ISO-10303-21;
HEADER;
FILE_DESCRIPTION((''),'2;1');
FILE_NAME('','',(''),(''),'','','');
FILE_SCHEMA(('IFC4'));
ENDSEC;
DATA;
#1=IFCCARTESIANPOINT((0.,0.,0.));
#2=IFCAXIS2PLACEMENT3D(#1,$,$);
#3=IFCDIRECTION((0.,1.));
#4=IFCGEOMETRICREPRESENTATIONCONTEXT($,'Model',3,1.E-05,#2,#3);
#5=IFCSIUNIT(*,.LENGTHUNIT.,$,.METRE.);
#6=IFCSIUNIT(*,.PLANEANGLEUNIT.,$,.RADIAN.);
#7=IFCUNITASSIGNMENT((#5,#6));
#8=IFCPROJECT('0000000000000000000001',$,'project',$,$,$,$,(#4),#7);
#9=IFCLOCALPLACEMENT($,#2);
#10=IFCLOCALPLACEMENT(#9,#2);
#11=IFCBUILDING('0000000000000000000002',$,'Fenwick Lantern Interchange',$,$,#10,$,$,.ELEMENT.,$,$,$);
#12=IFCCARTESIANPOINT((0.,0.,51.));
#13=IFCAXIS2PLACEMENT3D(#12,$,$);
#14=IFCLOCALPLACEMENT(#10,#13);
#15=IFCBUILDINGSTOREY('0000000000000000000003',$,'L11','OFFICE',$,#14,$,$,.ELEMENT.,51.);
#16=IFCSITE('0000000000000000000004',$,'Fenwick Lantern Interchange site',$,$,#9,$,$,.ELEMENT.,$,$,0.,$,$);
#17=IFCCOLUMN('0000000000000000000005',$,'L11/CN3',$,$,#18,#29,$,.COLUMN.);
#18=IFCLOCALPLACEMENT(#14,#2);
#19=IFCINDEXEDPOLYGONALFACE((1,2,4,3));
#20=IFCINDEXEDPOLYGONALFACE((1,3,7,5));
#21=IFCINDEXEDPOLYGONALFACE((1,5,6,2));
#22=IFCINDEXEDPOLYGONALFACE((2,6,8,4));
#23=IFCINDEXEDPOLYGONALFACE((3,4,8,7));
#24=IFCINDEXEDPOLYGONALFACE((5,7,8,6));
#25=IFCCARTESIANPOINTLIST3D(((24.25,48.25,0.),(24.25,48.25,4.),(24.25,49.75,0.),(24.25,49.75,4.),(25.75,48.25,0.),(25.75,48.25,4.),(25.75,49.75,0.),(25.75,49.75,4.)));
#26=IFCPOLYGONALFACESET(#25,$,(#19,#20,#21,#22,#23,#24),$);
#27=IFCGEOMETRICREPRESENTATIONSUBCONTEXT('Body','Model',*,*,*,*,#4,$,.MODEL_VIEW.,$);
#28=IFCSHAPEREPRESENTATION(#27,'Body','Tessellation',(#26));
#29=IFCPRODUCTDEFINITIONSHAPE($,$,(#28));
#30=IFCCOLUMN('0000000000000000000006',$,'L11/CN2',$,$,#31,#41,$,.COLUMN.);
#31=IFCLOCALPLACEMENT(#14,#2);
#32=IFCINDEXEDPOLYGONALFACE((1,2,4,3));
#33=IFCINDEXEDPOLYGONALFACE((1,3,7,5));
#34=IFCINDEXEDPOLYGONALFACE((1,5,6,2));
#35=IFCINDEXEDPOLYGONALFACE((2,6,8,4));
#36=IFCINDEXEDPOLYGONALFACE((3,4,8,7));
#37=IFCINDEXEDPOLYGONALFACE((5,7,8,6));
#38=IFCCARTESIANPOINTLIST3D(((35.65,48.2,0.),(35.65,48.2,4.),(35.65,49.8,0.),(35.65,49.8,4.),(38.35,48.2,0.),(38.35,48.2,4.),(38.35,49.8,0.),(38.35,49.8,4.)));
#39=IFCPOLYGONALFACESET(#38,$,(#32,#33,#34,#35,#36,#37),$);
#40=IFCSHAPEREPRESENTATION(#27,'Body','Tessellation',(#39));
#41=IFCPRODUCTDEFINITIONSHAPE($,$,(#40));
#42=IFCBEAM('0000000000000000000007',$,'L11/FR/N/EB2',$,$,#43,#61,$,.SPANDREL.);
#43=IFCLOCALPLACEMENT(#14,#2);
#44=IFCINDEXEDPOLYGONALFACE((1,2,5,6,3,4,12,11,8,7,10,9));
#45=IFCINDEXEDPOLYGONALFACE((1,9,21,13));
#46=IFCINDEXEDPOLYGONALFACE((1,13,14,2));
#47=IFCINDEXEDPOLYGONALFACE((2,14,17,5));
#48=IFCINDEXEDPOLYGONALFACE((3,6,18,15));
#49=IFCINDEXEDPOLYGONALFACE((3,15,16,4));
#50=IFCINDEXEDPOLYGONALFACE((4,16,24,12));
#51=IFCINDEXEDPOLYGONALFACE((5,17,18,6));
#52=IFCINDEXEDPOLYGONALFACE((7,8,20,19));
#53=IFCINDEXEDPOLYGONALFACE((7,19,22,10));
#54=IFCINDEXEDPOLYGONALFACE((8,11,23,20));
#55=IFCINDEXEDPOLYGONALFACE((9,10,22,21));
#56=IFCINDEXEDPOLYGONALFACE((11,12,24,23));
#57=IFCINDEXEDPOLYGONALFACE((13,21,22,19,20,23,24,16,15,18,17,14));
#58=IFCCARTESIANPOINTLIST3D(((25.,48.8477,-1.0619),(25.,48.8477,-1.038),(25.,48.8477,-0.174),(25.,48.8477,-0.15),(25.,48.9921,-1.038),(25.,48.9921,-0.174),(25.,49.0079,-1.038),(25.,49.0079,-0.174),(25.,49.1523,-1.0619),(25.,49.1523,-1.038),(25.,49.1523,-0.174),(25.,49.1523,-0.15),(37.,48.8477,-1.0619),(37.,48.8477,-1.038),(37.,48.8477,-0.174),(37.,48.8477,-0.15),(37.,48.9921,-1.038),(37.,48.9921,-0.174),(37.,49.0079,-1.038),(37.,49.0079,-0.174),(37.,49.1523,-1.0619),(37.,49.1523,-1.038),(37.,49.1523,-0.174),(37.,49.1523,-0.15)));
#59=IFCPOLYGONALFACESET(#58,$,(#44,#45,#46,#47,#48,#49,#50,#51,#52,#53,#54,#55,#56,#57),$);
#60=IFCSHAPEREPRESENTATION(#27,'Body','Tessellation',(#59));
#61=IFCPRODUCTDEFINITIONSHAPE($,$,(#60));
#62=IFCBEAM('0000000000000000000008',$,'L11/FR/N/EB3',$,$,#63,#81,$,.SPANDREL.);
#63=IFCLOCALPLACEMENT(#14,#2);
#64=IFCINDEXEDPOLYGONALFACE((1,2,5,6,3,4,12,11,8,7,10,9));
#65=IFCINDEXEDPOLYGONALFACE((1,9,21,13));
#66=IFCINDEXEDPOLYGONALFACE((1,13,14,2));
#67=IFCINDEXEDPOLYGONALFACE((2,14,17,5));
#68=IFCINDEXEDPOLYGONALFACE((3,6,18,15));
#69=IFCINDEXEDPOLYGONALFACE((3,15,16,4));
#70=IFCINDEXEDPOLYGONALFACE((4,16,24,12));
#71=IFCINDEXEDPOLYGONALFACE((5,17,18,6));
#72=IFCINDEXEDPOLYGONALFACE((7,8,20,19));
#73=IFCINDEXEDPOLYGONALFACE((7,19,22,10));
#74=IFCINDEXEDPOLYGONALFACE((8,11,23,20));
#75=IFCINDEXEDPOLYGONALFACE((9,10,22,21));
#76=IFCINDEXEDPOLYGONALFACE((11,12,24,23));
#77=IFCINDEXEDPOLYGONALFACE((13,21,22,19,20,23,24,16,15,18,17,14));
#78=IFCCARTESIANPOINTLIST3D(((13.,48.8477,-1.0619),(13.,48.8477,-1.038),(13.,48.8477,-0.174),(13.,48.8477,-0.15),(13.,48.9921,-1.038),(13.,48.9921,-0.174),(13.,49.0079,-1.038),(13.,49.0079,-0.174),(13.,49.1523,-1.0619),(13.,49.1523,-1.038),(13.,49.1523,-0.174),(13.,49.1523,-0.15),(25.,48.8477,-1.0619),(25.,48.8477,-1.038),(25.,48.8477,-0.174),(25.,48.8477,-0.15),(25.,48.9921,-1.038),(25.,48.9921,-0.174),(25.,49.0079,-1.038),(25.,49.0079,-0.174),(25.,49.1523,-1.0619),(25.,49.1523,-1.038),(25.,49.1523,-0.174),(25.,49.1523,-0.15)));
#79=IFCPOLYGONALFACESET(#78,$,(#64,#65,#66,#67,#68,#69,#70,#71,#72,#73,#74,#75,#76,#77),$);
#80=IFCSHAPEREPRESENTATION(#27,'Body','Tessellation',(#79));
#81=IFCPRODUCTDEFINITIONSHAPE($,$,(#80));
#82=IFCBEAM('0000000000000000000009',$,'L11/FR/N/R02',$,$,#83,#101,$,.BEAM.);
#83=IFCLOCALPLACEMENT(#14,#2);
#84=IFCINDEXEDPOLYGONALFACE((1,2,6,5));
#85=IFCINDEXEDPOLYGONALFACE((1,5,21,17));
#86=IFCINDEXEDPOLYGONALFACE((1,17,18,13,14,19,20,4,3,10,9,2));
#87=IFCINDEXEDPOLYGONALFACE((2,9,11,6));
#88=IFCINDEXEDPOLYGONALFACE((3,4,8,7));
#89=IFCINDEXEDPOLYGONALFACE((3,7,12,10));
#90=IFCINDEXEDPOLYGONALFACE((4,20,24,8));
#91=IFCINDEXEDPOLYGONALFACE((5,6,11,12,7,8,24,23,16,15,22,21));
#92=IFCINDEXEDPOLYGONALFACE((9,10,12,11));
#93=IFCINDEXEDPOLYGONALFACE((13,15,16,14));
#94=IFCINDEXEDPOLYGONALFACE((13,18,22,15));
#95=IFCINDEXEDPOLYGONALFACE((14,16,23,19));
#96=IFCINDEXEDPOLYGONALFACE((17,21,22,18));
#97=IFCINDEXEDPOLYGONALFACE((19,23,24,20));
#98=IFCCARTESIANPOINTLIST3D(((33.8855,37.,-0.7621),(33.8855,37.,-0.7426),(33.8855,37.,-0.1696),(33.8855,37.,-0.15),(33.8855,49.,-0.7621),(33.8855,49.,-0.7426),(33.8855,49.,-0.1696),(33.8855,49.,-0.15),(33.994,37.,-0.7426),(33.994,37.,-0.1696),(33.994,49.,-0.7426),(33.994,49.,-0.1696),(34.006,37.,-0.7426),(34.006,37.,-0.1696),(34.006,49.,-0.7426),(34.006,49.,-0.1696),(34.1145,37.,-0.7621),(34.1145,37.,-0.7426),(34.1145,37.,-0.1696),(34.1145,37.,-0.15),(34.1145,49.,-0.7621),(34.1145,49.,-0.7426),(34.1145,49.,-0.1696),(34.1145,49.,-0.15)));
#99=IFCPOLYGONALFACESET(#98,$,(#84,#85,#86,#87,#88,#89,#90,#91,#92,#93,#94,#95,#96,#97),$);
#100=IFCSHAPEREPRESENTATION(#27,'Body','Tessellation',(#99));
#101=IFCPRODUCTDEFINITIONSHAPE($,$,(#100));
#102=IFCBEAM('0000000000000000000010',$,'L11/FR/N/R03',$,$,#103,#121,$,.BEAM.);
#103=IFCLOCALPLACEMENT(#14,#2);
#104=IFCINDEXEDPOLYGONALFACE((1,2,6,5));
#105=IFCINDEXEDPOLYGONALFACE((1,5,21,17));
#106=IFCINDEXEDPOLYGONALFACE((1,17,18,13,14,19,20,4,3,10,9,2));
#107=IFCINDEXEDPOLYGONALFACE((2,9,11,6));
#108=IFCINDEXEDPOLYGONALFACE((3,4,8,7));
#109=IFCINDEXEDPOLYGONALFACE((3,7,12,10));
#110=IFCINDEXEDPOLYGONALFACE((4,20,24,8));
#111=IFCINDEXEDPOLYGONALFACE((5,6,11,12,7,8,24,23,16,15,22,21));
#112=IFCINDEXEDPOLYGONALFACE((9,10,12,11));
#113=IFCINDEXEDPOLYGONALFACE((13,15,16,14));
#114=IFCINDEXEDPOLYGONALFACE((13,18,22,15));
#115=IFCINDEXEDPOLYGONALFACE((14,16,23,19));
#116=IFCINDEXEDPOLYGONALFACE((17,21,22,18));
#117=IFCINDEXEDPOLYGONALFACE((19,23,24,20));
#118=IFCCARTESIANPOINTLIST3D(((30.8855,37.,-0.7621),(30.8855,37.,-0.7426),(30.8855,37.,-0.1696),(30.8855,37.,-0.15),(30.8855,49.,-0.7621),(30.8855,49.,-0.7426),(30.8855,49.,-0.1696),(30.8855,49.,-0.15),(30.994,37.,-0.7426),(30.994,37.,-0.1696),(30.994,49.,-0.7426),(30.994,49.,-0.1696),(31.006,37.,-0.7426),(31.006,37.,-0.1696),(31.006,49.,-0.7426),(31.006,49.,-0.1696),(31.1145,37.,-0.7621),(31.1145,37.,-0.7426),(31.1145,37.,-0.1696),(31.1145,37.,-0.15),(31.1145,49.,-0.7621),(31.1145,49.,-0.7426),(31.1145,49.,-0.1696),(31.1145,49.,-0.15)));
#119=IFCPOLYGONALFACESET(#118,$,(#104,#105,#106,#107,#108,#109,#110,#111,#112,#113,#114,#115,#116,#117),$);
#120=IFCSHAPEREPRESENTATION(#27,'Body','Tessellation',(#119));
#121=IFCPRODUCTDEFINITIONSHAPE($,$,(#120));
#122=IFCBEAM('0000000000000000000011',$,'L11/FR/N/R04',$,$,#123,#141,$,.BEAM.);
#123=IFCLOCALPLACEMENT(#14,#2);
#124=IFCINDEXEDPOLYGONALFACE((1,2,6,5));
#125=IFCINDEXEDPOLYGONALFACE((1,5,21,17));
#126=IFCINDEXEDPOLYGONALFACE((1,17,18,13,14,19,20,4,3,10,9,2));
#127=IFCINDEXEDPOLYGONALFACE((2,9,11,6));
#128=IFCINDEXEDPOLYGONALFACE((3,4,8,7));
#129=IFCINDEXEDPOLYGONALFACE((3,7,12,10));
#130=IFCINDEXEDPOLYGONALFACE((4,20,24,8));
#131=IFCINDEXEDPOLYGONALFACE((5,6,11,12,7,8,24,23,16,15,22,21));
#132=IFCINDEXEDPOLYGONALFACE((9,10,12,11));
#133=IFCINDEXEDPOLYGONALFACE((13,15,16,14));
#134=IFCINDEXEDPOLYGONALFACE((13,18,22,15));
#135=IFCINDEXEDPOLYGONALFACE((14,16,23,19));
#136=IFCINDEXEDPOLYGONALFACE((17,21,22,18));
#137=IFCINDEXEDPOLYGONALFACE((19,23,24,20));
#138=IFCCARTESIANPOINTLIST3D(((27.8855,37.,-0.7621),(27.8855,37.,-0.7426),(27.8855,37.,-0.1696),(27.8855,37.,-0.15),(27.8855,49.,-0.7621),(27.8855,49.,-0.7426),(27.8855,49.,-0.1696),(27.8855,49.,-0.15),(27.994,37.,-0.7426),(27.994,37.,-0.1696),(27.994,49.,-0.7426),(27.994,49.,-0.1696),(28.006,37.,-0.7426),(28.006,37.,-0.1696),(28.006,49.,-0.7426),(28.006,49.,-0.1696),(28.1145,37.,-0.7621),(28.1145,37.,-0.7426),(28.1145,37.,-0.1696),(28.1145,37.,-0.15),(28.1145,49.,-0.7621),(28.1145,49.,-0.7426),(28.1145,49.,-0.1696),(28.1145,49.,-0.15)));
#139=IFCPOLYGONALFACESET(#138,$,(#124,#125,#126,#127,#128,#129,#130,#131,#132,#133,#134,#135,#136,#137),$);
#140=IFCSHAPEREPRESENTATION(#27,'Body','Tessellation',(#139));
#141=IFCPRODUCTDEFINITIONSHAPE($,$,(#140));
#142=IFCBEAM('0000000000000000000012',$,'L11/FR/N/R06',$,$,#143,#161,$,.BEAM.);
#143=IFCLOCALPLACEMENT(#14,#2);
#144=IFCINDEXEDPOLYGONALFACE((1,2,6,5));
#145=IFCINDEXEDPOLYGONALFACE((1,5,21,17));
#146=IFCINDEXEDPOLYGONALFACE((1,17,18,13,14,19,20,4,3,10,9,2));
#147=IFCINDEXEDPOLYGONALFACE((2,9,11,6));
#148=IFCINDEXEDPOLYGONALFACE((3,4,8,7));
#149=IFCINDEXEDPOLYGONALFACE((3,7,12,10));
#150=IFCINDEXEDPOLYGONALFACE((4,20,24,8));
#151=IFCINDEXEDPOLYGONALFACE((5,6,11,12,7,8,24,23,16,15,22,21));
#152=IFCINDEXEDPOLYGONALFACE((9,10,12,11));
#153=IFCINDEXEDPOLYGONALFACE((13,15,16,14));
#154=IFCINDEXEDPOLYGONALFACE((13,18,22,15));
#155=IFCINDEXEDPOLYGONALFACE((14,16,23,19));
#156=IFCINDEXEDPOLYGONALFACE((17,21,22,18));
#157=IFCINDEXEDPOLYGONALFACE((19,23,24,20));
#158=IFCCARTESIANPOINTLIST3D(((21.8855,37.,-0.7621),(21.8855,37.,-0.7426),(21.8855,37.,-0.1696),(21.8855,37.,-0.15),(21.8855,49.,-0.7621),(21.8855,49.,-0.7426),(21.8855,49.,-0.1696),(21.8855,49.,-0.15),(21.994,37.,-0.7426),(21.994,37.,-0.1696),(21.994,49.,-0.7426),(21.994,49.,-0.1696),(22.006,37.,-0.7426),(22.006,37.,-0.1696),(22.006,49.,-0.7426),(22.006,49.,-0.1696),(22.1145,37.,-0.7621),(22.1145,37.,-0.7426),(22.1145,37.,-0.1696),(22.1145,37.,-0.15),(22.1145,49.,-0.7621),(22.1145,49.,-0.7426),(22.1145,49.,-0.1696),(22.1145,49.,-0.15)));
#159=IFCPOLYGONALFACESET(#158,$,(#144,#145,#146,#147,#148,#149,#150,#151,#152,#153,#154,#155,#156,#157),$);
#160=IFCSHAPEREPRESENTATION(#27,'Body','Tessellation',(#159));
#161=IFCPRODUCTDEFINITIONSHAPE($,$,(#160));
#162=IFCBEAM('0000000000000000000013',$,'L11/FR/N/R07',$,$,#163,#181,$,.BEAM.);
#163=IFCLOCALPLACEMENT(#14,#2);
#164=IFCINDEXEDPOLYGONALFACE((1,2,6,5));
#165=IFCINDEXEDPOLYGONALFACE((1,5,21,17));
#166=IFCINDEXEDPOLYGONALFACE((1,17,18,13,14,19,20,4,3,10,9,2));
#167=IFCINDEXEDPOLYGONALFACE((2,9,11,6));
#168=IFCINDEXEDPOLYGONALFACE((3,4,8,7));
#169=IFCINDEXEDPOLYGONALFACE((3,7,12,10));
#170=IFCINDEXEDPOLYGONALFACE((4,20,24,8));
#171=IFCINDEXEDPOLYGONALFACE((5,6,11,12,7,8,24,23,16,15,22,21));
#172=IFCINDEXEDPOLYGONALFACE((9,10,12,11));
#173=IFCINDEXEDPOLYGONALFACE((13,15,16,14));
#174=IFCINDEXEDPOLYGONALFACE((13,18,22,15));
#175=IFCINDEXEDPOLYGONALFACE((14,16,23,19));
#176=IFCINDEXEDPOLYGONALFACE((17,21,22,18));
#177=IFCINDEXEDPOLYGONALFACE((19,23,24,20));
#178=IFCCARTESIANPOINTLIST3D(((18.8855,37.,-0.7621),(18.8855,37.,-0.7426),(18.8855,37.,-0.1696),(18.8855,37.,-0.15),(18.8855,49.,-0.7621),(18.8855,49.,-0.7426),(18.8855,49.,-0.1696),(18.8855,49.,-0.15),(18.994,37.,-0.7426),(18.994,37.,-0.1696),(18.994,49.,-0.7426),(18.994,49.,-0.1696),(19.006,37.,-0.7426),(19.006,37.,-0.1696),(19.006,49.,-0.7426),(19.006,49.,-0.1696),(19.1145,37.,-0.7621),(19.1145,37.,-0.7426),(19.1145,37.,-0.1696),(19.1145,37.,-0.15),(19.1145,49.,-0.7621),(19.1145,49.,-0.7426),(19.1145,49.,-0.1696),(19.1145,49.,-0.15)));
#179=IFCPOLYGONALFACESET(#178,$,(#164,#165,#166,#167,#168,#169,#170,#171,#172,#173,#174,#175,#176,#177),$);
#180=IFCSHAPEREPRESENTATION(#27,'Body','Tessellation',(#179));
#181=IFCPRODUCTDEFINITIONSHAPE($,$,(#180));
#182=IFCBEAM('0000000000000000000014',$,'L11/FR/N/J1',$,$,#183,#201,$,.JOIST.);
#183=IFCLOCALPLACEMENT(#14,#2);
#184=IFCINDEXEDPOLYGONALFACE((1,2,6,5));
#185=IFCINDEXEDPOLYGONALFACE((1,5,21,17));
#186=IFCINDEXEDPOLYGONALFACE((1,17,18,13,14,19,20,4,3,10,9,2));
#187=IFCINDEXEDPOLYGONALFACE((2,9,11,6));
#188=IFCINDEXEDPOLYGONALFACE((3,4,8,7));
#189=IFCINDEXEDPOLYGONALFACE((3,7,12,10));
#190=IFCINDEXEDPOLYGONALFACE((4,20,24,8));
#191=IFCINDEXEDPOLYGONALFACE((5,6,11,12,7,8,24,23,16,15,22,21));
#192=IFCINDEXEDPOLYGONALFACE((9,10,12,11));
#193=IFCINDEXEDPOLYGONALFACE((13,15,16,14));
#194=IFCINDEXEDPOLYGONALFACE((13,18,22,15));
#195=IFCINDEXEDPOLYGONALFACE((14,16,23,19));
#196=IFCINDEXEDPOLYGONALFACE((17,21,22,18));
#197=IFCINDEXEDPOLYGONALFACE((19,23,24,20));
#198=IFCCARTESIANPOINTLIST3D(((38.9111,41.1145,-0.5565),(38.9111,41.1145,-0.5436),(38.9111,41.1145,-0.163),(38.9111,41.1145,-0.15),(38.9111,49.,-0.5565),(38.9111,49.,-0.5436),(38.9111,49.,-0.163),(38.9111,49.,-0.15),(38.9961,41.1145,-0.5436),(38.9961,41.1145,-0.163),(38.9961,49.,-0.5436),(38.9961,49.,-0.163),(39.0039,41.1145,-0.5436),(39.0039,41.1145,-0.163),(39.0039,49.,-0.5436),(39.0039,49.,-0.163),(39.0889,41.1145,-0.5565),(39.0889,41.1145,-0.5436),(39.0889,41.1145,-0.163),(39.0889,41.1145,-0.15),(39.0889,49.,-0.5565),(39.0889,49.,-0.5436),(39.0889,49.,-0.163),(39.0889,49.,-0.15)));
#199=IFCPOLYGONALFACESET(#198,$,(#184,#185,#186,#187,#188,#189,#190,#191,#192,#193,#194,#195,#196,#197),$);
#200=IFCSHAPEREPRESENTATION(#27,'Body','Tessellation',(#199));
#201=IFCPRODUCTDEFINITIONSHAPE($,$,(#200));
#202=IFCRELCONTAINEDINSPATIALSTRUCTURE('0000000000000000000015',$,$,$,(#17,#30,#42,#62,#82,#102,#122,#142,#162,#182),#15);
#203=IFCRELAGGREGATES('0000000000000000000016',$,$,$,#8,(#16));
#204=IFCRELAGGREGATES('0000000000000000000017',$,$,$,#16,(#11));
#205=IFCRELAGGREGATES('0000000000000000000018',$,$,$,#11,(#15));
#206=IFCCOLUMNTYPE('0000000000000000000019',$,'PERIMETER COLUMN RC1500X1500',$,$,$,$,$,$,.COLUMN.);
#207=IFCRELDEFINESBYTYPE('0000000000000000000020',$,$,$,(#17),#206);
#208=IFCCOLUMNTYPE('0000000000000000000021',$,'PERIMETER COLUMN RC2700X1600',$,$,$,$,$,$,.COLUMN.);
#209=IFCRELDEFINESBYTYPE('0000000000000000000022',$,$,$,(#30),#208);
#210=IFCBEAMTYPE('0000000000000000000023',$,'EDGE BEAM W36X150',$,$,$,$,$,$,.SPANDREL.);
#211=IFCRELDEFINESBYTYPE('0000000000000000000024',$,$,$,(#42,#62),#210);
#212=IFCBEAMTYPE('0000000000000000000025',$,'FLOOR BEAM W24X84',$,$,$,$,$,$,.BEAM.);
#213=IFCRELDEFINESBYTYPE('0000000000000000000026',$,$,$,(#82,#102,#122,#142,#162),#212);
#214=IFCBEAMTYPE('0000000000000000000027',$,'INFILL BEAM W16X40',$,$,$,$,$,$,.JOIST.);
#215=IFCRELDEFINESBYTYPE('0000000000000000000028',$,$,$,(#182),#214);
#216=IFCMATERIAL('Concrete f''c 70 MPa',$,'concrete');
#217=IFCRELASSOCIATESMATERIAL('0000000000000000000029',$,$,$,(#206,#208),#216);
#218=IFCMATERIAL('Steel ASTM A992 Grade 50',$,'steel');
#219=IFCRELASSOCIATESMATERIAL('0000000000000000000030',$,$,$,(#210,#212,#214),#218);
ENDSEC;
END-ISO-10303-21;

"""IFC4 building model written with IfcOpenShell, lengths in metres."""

from ifc_helpers import new_model, si_unit, direction, frame, origin, origin_2d, place, context, subcontext, project, spatial, rectangle, i_section, extrude, material, material_profile, profile_set, type_object, element, save


model = new_model("IFC4")

# Units and contexts
model_context = context("Model", 3, precision=1e-05, world=origin(), true_north=direction((0.0, 1.0)))
body_context = subcontext(model_context, "Body", "Model", "MODEL_VIEW")
ifc_project = project(units=[si_unit("LENGTHUNIT", "METRE"), si_unit("PLANEANGLEUNIT", "RADIAN")], contexts=[model_context])

# Site, building, storey
site_placement = place(None, origin())
site = spatial("IfcSite", under=ifc_project, at=site_placement, Name="Fenwick Lantern Interchange site", CompositionType="ELEMENT", RefElevation=0.0)
building_placement = place(site_placement, origin())
building = spatial("IfcBuilding", under=site, at=building_placement, Name="Fenwick Lantern Interchange", CompositionType="ELEMENT")
storey_placement = place(building_placement, frame((0.0, 0.0, 51.0)))
storey = spatial("IfcBuildingStorey", under=building, at=storey_placement, Name="L11", Description="OFFICE", CompositionType="ELEMENT", Elevation=51.0)

# Columns
ifc_material_1 = material(Name="Concrete f'c 70 MPa", Category="concrete")
ifc_material_profile_1 = material_profile(ifc_material_1, rectangle(XDim=1.5, YDim=1.5, at=origin_2d()), Name="RC1500X1500")
ifc_profile_set_1 = profile_set([ifc_material_profile_1], Name="Concrete f'c 70 MPa")
column_type_1 = type_object("IfcColumnType", Name="PERIMETER COLUMN RC1500X1500", PredefinedType="COLUMN", material=ifc_profile_set_1)
column_1_placement = place(storey_placement, frame((25.0, 49.0, 0.0), z_axis=(0.0, 0.0, 1.0), x_axis=(1.0, 0.0, 0.0)))
element("IfcColumn", 1, at=column_1_placement, inside=storey, type_object=column_type_1, Name="L11/CN3", PredefinedType="COLUMN", context=body_context, shape_type="SweptSolid", body=[
    extrude(rectangle(XDim=1.5, YDim=1.5, at=origin_2d()), origin(), (0.0, 0.0, 1.0), 4.0),
])
ifc_material_profile_2 = material_profile(ifc_material_1, rectangle(XDim=2.7, YDim=1.6001, at=origin_2d()), Name="RC2700X1600")
ifc_profile_set_2 = profile_set([ifc_material_profile_2], Name="Concrete f'c 70 MPa")
column_type_2 = type_object("IfcColumnType", Name="PERIMETER COLUMN RC2700X1600", PredefinedType="COLUMN", material=ifc_profile_set_2)
column_2_placement = place(storey_placement, frame((37.0, 49.0, 0.0), z_axis=(0.0, 0.0, 1.0), x_axis=(1.0, 0.0, 0.0)))
element("IfcColumn", 2, at=column_2_placement, inside=storey, type_object=column_type_2, Name="L11/CN2", PredefinedType="COLUMN", context=body_context, shape_type="SweptSolid", body=[
    extrude(rectangle(XDim=2.7, YDim=1.6001, at=origin_2d()), origin(), (0.0, 0.0, 1.0), 4.0),
])

# Beams
ifc_material_2 = material(Name="Steel ASTM A992 Grade 50", Category="steel")
ifc_material_profile_3 = material_profile(ifc_material_2, i_section(OverallWidth=0.3047, OverallDepth=0.9119, WebThickness=0.0159, FlangeThickness=0.0239, at=origin_2d()), Name="W36X150")
ifc_profile_set_3 = profile_set([ifc_material_profile_3], Name="Steel ASTM A992 Grade 50")
beam_type_1 = type_object("IfcBeamType", Name="EDGE BEAM W36X150", PredefinedType="SPANDREL", material=ifc_profile_set_3)
for number, where, z_axis, x_axis, name in (
    (3, (37.0, 49.0, -0.606), (-1.0, 0.0, 0.0), (0.0, -1.0, 0.0), "L11/FR/N/EB2"),
    (4, (25.0, 49.0, -0.606), (-1.0, 0.0, 0.0), (0.0, -1.0, 0.0), "L11/FR/N/EB3"),
):
    element("IfcBeam", number, at=place(storey_placement, frame(where, z_axis=z_axis, x_axis=x_axis)), inside=storey, type_object=beam_type_1, Name=name, PredefinedType="SPANDREL", context=body_context, shape_type="SweptSolid", body=[
        extrude(i_section(OverallWidth=0.3047, OverallDepth=0.9119, WebThickness=0.0159, FlangeThickness=0.0239, at=origin_2d()), origin(), (0.0, 0.0, 1.0), 12.0),
    ])
ifc_material_profile_4 = material_profile(ifc_material_2, i_section(OverallWidth=0.229, OverallDepth=0.6121, WebThickness=0.012, FlangeThickness=0.0195, at=origin_2d()), Name="W24X84")
ifc_profile_set_4 = profile_set([ifc_material_profile_4], Name="Steel ASTM A992 Grade 50")
beam_type_2 = type_object("IfcBeamType", Name="FLOOR BEAM W24X84", PredefinedType="BEAM", material=ifc_profile_set_4)
for number, where, z_axis, x_axis, name in (
    (5, (34.0, 49.0, -0.4561), (0.0, -1.0, 0.0), (1.0, 0.0, 0.0), "L11/FR/N/R02"),
    (6, (31.0, 49.0, -0.4561), (0.0, -1.0, 0.0), (1.0, 0.0, 0.0), "L11/FR/N/R03"),
    (7, (28.0, 49.0, -0.4561), (0.0, -1.0, 0.0), (1.0, 0.0, 0.0), "L11/FR/N/R04"),
    (8, (22.0, 49.0, -0.4561), (0.0, -1.0, 0.0), (1.0, 0.0, 0.0), "L11/FR/N/R06"),
    (9, (19.0, 49.0, -0.4561), (0.0, -1.0, 0.0), (1.0, 0.0, 0.0), "L11/FR/N/R07"),
):
    element("IfcBeam", number, at=place(storey_placement, frame(where, z_axis=z_axis, x_axis=x_axis)), inside=storey, type_object=beam_type_2, Name=name, PredefinedType="BEAM", context=body_context, shape_type="SweptSolid", body=[
        extrude(i_section(OverallWidth=0.229, OverallDepth=0.6121, WebThickness=0.012, FlangeThickness=0.0195, at=origin_2d()), origin(), (0.0, 0.0, 1.0), 12.0),
    ])
ifc_material_profile_5 = material_profile(ifc_material_2, i_section(OverallWidth=0.1777, OverallDepth=0.4065, WebThickness=0.0078, FlangeThickness=0.0129, at=origin_2d()), Name="W16X40")
ifc_profile_set_5 = profile_set([ifc_material_profile_5], Name="Steel ASTM A992 Grade 50")
beam_type_3 = type_object("IfcBeamType", Name="INFILL BEAM W16X40", PredefinedType="JOIST", material=ifc_profile_set_5)
beam_1_placement = place(storey_placement, frame((39.0, 49.0, -0.3533), z_axis=(0.0, -1.0, 0.0), x_axis=(1.0, 0.0, 0.0)))
element("IfcBeam", 10, at=beam_1_placement, inside=storey, type_object=beam_type_3, Name="L11/FR/N/J1", PredefinedType="JOIST", context=body_context, shape_type="SweptSolid", body=[
    extrude(i_section(OverallWidth=0.1777, OverallDepth=0.4065, WebThickness=0.0078, FlangeThickness=0.0129, at=origin_2d()), origin(), (0.0, 0.0, 1.0), 7.8855),
])

save(model, "model.ifc")
